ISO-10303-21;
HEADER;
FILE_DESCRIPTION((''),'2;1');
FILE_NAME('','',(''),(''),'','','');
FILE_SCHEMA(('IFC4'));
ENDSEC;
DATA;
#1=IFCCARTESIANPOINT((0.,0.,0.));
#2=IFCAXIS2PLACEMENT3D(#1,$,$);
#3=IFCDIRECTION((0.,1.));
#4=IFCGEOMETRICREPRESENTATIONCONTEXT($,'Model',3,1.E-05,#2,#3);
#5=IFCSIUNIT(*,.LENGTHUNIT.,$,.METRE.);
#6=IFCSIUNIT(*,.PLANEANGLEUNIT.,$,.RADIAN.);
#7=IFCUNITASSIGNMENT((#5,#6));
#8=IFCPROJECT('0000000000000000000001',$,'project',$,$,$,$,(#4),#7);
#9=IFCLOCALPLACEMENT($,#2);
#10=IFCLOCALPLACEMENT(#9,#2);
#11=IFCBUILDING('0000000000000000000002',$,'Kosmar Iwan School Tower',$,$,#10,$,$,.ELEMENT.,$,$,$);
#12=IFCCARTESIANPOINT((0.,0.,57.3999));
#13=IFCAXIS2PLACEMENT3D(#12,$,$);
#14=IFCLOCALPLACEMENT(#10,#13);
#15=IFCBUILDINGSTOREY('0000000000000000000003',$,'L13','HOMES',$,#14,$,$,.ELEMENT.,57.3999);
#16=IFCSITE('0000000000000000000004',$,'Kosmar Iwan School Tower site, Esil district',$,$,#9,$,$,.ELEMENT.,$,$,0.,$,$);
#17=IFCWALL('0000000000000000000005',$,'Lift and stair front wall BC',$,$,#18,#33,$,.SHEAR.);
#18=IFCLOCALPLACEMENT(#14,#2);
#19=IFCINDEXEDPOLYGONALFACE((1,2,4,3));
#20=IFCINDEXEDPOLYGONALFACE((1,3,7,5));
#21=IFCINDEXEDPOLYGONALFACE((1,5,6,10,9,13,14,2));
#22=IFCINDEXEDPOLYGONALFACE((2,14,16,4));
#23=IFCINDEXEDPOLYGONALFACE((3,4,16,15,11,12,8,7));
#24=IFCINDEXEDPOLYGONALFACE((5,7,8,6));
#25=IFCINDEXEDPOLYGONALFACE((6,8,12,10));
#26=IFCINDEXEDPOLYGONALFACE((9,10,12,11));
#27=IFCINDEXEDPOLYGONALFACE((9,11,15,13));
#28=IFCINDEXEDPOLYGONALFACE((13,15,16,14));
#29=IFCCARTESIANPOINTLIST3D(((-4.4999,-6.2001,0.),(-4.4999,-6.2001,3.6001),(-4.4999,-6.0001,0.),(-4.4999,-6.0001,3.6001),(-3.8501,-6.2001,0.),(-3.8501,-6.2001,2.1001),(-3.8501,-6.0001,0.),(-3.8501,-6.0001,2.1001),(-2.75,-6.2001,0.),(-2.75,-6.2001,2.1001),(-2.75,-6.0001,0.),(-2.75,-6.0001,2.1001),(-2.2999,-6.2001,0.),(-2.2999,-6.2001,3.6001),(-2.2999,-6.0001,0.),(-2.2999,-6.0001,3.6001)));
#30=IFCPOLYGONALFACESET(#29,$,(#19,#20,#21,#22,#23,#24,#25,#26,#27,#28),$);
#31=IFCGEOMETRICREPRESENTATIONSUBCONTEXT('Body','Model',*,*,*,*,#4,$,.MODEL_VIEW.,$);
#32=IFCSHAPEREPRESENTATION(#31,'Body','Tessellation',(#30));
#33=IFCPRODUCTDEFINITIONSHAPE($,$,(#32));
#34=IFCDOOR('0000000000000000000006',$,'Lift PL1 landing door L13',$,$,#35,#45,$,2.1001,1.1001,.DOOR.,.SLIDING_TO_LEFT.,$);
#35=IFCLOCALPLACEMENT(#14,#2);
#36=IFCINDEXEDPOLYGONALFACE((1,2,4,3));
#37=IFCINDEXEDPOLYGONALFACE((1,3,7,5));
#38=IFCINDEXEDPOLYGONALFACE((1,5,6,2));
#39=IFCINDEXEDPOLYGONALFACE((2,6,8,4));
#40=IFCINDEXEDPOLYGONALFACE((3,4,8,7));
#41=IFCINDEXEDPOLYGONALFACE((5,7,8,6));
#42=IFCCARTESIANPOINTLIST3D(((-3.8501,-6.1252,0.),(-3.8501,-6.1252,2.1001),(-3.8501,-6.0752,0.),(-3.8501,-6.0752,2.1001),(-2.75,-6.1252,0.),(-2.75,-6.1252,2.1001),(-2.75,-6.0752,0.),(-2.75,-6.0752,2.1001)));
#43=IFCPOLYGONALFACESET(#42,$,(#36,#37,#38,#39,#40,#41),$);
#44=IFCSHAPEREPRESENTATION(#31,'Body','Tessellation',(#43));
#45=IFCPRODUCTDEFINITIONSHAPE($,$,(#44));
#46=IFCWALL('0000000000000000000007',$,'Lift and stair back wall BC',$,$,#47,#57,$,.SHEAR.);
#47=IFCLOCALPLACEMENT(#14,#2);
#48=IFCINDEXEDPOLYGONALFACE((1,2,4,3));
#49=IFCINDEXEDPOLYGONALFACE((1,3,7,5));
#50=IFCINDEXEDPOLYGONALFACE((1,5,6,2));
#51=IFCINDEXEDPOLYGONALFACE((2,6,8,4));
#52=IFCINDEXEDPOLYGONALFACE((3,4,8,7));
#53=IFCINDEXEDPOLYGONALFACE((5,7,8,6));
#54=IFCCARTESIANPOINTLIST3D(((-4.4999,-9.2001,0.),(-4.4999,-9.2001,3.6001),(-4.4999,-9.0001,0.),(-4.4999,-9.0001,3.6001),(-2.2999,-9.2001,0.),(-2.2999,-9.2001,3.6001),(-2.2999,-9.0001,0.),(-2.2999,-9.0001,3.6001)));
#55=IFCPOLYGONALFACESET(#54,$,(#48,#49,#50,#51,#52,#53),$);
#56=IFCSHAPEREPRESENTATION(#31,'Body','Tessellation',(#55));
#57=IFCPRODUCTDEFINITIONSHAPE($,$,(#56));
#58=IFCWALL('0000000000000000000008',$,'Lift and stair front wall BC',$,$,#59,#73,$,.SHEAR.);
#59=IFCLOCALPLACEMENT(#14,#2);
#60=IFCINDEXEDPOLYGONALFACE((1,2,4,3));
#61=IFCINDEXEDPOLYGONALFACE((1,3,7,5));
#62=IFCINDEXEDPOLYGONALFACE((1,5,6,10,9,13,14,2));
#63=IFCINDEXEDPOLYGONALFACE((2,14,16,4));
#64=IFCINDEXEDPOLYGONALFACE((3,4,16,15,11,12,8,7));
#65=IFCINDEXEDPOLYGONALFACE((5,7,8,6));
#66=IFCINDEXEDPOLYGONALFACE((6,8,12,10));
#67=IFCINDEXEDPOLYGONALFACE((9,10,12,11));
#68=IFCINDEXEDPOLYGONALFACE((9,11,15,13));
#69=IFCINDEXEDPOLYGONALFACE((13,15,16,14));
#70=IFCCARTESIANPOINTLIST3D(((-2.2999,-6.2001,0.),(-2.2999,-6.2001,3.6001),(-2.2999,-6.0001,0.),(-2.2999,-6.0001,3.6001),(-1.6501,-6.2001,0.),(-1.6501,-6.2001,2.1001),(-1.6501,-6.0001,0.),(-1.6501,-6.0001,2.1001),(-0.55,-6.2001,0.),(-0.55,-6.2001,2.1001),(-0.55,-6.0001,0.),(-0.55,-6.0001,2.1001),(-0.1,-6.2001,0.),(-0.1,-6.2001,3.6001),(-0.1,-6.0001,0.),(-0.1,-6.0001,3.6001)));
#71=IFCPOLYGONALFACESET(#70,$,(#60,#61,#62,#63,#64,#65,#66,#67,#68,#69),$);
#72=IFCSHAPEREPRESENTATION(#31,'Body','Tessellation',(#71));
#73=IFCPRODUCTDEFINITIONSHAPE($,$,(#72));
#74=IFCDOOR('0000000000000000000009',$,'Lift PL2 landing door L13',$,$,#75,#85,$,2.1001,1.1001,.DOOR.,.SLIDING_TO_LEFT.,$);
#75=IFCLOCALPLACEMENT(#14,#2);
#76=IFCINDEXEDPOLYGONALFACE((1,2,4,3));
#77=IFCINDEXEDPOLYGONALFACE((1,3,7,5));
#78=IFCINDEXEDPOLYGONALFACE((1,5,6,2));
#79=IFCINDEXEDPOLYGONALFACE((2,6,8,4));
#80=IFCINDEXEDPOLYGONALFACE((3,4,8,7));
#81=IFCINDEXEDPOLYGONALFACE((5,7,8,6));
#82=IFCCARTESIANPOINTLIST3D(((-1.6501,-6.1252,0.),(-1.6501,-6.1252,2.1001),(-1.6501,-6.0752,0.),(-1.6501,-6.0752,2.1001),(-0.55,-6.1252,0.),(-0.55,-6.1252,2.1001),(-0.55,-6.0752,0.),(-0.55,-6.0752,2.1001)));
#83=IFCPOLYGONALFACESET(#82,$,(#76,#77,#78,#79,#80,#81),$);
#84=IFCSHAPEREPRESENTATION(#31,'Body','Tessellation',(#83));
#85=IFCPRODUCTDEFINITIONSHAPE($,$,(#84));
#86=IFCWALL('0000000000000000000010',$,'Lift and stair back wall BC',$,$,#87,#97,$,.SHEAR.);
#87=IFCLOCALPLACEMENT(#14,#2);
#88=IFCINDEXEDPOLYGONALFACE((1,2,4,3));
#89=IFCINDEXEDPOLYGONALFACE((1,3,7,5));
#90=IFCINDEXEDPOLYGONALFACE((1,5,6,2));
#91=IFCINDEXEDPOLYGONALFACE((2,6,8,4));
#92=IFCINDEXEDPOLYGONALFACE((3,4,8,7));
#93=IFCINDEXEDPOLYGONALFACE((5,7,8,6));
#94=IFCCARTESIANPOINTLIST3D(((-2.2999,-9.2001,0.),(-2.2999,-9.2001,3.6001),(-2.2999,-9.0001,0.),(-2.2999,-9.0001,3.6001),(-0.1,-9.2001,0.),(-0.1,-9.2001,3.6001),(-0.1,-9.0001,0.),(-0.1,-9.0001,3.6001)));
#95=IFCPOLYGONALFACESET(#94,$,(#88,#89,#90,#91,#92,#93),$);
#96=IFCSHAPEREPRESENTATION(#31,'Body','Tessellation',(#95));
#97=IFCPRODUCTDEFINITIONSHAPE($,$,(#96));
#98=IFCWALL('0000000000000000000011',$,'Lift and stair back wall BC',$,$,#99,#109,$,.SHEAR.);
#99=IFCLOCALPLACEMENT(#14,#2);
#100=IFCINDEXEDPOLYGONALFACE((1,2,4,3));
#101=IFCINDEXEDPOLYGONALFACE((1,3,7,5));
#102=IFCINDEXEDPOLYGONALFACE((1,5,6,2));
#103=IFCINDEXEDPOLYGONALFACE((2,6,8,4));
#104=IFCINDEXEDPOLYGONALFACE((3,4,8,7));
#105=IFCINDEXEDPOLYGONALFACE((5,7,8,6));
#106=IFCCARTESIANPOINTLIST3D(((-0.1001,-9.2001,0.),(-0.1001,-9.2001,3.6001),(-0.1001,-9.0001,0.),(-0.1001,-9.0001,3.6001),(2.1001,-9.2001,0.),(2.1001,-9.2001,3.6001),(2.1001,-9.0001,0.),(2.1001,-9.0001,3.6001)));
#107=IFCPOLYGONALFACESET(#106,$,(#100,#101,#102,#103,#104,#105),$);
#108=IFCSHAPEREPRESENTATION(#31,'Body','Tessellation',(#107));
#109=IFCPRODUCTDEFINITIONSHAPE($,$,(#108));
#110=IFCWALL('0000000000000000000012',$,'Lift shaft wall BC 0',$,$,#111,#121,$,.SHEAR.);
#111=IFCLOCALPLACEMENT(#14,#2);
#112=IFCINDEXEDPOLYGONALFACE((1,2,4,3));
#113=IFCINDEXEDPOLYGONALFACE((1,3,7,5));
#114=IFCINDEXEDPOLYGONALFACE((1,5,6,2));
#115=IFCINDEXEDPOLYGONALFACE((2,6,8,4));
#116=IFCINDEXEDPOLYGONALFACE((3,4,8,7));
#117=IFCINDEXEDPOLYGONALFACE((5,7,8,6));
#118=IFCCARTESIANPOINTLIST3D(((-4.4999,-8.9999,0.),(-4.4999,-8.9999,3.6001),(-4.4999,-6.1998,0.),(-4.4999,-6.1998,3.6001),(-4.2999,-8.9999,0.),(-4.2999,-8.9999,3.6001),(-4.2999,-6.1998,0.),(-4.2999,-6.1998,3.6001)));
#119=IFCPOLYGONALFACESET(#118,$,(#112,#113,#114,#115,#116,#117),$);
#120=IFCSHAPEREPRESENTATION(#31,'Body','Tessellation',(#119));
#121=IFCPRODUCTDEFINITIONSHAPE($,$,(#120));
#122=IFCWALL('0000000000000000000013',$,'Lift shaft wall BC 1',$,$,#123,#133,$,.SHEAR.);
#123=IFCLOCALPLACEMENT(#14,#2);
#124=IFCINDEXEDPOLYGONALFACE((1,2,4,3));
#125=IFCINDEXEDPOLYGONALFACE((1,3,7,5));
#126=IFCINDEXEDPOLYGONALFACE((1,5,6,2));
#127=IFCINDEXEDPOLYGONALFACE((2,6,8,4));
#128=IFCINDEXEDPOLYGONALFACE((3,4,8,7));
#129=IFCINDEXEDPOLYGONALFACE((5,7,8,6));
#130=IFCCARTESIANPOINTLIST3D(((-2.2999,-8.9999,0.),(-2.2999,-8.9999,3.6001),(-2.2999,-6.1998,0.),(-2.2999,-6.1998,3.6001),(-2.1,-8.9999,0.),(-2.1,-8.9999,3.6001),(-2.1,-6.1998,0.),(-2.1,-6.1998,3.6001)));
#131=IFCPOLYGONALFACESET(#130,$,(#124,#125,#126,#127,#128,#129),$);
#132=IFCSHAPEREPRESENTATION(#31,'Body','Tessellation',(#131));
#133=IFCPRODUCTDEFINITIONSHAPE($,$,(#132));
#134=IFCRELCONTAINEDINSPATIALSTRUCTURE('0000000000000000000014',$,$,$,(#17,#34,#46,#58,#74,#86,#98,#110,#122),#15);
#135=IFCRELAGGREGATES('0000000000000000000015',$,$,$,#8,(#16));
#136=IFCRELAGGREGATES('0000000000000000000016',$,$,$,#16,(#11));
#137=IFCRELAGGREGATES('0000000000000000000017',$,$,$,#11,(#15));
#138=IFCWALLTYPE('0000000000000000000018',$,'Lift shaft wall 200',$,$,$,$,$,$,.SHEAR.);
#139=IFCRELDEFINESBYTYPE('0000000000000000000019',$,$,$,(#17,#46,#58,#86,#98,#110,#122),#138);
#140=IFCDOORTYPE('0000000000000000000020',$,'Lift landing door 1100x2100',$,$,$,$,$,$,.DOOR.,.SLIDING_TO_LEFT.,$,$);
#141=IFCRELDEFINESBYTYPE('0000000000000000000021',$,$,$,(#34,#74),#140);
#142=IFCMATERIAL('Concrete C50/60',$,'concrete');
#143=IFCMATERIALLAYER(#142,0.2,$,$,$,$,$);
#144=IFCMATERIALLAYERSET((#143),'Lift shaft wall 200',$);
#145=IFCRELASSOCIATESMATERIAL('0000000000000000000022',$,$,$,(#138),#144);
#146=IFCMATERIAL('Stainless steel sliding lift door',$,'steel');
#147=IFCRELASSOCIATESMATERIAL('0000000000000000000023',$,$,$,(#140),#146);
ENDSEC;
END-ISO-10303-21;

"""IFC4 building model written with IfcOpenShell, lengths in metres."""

from ifc_helpers import new_model, si_unit, direction, frame, frame_2d, origin, place, context, subcontext, project, spatial, rectangle, extrude, material, layer, layer_set, type_object, element, fill, save


model = new_model("IFC4")

# Units and contexts
model_context = context("Model", 3, precision=1e-05, world=origin(), true_north=direction((0.0, 1.0)))
body_context = subcontext(model_context, "Body", "Model", "MODEL_VIEW")
ifc_project = project(units=[si_unit("LENGTHUNIT", "METRE"), si_unit("PLANEANGLEUNIT", "RADIAN")], contexts=[model_context])

# Site, building, storey
site_placement = place(None, origin())
site = spatial("IfcSite", under=ifc_project, at=site_placement, Name="Kosmar Iwan School Tower site, Esil district", CompositionType="ELEMENT", RefElevation=0.0)
building_placement = place(site_placement, origin())
building = spatial("IfcBuilding", under=site, at=building_placement, Name="Kosmar Iwan School Tower", CompositionType="ELEMENT")
storey_placement = place(building_placement, frame((0.0, 0.0, 57.3999)))
storey = spatial("IfcBuildingStorey", under=building, at=storey_placement, Name="L13", Description="HOMES", CompositionType="ELEMENT", Elevation=57.3999)

# Wall, opening, door
ifc_material_1 = material(Name="Concrete C50/60", Category="concrete")
ifc_layer_1 = layer(ifc_material_1, 0.2)
ifc_layer_set_1 = layer_set([ifc_layer_1], Name="Lift shaft wall 200")
wall_type_1 = type_object("IfcWallType", Name="Lift shaft wall 200", PredefinedType="SHEAR", material=ifc_layer_set_1)
wall_1_placement = place(storey_placement, frame((-4.5, -6.1001, 0.0), z_axis=(0.0, 0.0, 1.0), x_axis=(1.0, 0.0, 0.0)))
wall_1 = element("IfcWall", 1, at=wall_1_placement, inside=storey, type_object=wall_type_1, Name="Lift and stair front wall BC", PredefinedType="SHEAR", context=body_context, shape_type="SweptSolid", body=[
    extrude(rectangle(XDim=2.2, YDim=0.2, at=frame_2d((1.1001, 0.0))), origin(), (0.0, 0.0, 1.0), 3.6001),
])
opening_1_placement = place(wall_1_placement, frame((0.6499, 0.0, 0.0)))
opening_1 = element("IfcOpeningElement", 2, at=opening_1_placement, cuts=wall_1, PredefinedType="OPENING", context=body_context, shape_type="SweptSolid", body=[
    extrude(rectangle(XDim=1.1001, YDim=2.1001, at=frame_2d((0.55, 1.05))), frame((0.0, 0.1121, 0.0), z_axis=(0.0, -1.0, 0.0), x_axis=(1.0, 0.0, 0.0)), (0.0, 0.0, 1.0), 0.2239),
])
ifc_material_2 = material(Name="Stainless steel sliding lift door", Category="steel")
door_type_1 = type_object("IfcDoorType", Name="Lift landing door 1100x2100", OperationType="SLIDING_TO_LEFT", PredefinedType="DOOR", material=ifc_material_2)
door_1_placement = place(opening_1_placement, origin())
door_1 = element("IfcDoor", 3, at=door_1_placement, inside=storey, type_object=door_type_1, Name="Lift PL1 landing door L13", OperationType="SLIDING_TO_LEFT", OverallHeight=2.1001, OverallWidth=1.1001, PredefinedType="DOOR", context=body_context, shape_type="SweptSolid", body=[
    extrude(rectangle(XDim=1.1001, YDim=2.1001, at=frame_2d((0.55, 1.05))), frame((0.0, 0.0249, 0.0), z_axis=(0.0, -1.0, 0.0), x_axis=(1.0, 0.0, 0.0)), (0.0, 0.0, 1.0), 0.05),
])
fill(opening_1, door_1)

# Wall
wall_2_placement = place(storey_placement, frame((-4.5, -9.1001, 0.0), z_axis=(0.0, 0.0, 1.0), x_axis=(1.0, 0.0, 0.0)))
element("IfcWall", 4, at=wall_2_placement, inside=storey, type_object=wall_type_1, Name="Lift and stair back wall BC", PredefinedType="SHEAR", context=body_context, shape_type="SweptSolid", body=[
    extrude(rectangle(XDim=2.2, YDim=0.2, at=frame_2d((1.1001, 0.0))), origin(), (0.0, 0.0, 1.0), 3.6001),
])

# Wall, opening, door
wall_3_placement = place(storey_placement, frame((-2.3, -6.1001, 0.0), z_axis=(0.0, 0.0, 1.0), x_axis=(1.0, 0.0, 0.0)))
wall_3 = element("IfcWall", 5, at=wall_3_placement, inside=storey, type_object=wall_type_1, Name="Lift and stair front wall BC", PredefinedType="SHEAR", context=body_context, shape_type="SweptSolid", body=[
    extrude(rectangle(XDim=2.2, YDim=0.2, at=frame_2d((1.1001, 0.0))), origin(), (0.0, 0.0, 1.0), 3.6001),
])
opening_2_placement = place(wall_3_placement, frame((0.6499, 0.0, 0.0)))
opening_2 = element("IfcOpeningElement", 6, at=opening_2_placement, cuts=wall_3, PredefinedType="OPENING", context=body_context, shape_type="SweptSolid", body=[
    extrude(rectangle(XDim=1.1001, YDim=2.1001, at=frame_2d((0.55, 1.05))), frame((0.0, 0.1121, 0.0), z_axis=(0.0, -1.0, 0.0), x_axis=(1.0, 0.0, 0.0)), (0.0, 0.0, 1.0), 0.2239),
])
door_2_placement = place(opening_2_placement, origin())
door_2 = element("IfcDoor", 7, at=door_2_placement, inside=storey, type_object=door_type_1, Name="Lift PL2 landing door L13", OperationType="SLIDING_TO_LEFT", OverallHeight=2.1001, OverallWidth=1.1001, PredefinedType="DOOR", context=body_context, shape_type="SweptSolid", body=[
    extrude(rectangle(XDim=1.1001, YDim=2.1001, at=frame_2d((0.55, 1.05))), frame((0.0, 0.0249, 0.0), z_axis=(0.0, -1.0, 0.0), x_axis=(1.0, 0.0, 0.0)), (0.0, 0.0, 1.0), 0.05),
])
fill(opening_2, door_2)

# Walls
wall_4_placement = place(storey_placement, frame((-2.3, -9.1001, 0.0), z_axis=(0.0, 0.0, 1.0), x_axis=(1.0, 0.0, 0.0)))
element("IfcWall", 8, at=wall_4_placement, inside=storey, type_object=wall_type_1, Name="Lift and stair back wall BC", PredefinedType="SHEAR", context=body_context, shape_type="SweptSolid", body=[
    extrude(rectangle(XDim=2.2, YDim=0.2, at=frame_2d((1.1001, 0.0))), origin(), (0.0, 0.0, 1.0), 3.6001),
])
wall_5_placement = place(storey_placement, frame((-0.1001, -9.1001, 0.0), z_axis=(0.0, 0.0, 1.0), x_axis=(1.0, 0.0, 0.0)))
element("IfcWall", 9, at=wall_5_placement, inside=storey, type_object=wall_type_1, Name="Lift and stair back wall BC", PredefinedType="SHEAR", context=body_context, shape_type="SweptSolid", body=[
    extrude(rectangle(XDim=2.2002, YDim=0.2, at=frame_2d((1.1001, 0.0))), origin(), (0.0, 0.0, 1.0), 3.6001),
])
for number, where, z_axis, x_axis, name in (
    (10, (-4.3999, -6.2, 0.0), (0.0, 0.0, 1.0), (0.0, -1.0, 0.0), "Lift shaft wall BC 0"),
    (11, (-2.2, -6.2, 0.0), (0.0, 0.0, 1.0), (0.0, -1.0, 0.0), "Lift shaft wall BC 1"),
):
    element("IfcWall", number, at=place(storey_placement, frame(where, z_axis=z_axis, x_axis=x_axis)), inside=storey, type_object=wall_type_1, Name=name, PredefinedType="SHEAR", context=body_context, shape_type="SweptSolid", body=[
        extrude(rectangle(XDim=2.8, YDim=0.2, at=frame_2d((1.3999, 0.0))), origin(), (0.0, 0.0, 1.0), 3.6001),
    ])

save(model, "model.ifc")
